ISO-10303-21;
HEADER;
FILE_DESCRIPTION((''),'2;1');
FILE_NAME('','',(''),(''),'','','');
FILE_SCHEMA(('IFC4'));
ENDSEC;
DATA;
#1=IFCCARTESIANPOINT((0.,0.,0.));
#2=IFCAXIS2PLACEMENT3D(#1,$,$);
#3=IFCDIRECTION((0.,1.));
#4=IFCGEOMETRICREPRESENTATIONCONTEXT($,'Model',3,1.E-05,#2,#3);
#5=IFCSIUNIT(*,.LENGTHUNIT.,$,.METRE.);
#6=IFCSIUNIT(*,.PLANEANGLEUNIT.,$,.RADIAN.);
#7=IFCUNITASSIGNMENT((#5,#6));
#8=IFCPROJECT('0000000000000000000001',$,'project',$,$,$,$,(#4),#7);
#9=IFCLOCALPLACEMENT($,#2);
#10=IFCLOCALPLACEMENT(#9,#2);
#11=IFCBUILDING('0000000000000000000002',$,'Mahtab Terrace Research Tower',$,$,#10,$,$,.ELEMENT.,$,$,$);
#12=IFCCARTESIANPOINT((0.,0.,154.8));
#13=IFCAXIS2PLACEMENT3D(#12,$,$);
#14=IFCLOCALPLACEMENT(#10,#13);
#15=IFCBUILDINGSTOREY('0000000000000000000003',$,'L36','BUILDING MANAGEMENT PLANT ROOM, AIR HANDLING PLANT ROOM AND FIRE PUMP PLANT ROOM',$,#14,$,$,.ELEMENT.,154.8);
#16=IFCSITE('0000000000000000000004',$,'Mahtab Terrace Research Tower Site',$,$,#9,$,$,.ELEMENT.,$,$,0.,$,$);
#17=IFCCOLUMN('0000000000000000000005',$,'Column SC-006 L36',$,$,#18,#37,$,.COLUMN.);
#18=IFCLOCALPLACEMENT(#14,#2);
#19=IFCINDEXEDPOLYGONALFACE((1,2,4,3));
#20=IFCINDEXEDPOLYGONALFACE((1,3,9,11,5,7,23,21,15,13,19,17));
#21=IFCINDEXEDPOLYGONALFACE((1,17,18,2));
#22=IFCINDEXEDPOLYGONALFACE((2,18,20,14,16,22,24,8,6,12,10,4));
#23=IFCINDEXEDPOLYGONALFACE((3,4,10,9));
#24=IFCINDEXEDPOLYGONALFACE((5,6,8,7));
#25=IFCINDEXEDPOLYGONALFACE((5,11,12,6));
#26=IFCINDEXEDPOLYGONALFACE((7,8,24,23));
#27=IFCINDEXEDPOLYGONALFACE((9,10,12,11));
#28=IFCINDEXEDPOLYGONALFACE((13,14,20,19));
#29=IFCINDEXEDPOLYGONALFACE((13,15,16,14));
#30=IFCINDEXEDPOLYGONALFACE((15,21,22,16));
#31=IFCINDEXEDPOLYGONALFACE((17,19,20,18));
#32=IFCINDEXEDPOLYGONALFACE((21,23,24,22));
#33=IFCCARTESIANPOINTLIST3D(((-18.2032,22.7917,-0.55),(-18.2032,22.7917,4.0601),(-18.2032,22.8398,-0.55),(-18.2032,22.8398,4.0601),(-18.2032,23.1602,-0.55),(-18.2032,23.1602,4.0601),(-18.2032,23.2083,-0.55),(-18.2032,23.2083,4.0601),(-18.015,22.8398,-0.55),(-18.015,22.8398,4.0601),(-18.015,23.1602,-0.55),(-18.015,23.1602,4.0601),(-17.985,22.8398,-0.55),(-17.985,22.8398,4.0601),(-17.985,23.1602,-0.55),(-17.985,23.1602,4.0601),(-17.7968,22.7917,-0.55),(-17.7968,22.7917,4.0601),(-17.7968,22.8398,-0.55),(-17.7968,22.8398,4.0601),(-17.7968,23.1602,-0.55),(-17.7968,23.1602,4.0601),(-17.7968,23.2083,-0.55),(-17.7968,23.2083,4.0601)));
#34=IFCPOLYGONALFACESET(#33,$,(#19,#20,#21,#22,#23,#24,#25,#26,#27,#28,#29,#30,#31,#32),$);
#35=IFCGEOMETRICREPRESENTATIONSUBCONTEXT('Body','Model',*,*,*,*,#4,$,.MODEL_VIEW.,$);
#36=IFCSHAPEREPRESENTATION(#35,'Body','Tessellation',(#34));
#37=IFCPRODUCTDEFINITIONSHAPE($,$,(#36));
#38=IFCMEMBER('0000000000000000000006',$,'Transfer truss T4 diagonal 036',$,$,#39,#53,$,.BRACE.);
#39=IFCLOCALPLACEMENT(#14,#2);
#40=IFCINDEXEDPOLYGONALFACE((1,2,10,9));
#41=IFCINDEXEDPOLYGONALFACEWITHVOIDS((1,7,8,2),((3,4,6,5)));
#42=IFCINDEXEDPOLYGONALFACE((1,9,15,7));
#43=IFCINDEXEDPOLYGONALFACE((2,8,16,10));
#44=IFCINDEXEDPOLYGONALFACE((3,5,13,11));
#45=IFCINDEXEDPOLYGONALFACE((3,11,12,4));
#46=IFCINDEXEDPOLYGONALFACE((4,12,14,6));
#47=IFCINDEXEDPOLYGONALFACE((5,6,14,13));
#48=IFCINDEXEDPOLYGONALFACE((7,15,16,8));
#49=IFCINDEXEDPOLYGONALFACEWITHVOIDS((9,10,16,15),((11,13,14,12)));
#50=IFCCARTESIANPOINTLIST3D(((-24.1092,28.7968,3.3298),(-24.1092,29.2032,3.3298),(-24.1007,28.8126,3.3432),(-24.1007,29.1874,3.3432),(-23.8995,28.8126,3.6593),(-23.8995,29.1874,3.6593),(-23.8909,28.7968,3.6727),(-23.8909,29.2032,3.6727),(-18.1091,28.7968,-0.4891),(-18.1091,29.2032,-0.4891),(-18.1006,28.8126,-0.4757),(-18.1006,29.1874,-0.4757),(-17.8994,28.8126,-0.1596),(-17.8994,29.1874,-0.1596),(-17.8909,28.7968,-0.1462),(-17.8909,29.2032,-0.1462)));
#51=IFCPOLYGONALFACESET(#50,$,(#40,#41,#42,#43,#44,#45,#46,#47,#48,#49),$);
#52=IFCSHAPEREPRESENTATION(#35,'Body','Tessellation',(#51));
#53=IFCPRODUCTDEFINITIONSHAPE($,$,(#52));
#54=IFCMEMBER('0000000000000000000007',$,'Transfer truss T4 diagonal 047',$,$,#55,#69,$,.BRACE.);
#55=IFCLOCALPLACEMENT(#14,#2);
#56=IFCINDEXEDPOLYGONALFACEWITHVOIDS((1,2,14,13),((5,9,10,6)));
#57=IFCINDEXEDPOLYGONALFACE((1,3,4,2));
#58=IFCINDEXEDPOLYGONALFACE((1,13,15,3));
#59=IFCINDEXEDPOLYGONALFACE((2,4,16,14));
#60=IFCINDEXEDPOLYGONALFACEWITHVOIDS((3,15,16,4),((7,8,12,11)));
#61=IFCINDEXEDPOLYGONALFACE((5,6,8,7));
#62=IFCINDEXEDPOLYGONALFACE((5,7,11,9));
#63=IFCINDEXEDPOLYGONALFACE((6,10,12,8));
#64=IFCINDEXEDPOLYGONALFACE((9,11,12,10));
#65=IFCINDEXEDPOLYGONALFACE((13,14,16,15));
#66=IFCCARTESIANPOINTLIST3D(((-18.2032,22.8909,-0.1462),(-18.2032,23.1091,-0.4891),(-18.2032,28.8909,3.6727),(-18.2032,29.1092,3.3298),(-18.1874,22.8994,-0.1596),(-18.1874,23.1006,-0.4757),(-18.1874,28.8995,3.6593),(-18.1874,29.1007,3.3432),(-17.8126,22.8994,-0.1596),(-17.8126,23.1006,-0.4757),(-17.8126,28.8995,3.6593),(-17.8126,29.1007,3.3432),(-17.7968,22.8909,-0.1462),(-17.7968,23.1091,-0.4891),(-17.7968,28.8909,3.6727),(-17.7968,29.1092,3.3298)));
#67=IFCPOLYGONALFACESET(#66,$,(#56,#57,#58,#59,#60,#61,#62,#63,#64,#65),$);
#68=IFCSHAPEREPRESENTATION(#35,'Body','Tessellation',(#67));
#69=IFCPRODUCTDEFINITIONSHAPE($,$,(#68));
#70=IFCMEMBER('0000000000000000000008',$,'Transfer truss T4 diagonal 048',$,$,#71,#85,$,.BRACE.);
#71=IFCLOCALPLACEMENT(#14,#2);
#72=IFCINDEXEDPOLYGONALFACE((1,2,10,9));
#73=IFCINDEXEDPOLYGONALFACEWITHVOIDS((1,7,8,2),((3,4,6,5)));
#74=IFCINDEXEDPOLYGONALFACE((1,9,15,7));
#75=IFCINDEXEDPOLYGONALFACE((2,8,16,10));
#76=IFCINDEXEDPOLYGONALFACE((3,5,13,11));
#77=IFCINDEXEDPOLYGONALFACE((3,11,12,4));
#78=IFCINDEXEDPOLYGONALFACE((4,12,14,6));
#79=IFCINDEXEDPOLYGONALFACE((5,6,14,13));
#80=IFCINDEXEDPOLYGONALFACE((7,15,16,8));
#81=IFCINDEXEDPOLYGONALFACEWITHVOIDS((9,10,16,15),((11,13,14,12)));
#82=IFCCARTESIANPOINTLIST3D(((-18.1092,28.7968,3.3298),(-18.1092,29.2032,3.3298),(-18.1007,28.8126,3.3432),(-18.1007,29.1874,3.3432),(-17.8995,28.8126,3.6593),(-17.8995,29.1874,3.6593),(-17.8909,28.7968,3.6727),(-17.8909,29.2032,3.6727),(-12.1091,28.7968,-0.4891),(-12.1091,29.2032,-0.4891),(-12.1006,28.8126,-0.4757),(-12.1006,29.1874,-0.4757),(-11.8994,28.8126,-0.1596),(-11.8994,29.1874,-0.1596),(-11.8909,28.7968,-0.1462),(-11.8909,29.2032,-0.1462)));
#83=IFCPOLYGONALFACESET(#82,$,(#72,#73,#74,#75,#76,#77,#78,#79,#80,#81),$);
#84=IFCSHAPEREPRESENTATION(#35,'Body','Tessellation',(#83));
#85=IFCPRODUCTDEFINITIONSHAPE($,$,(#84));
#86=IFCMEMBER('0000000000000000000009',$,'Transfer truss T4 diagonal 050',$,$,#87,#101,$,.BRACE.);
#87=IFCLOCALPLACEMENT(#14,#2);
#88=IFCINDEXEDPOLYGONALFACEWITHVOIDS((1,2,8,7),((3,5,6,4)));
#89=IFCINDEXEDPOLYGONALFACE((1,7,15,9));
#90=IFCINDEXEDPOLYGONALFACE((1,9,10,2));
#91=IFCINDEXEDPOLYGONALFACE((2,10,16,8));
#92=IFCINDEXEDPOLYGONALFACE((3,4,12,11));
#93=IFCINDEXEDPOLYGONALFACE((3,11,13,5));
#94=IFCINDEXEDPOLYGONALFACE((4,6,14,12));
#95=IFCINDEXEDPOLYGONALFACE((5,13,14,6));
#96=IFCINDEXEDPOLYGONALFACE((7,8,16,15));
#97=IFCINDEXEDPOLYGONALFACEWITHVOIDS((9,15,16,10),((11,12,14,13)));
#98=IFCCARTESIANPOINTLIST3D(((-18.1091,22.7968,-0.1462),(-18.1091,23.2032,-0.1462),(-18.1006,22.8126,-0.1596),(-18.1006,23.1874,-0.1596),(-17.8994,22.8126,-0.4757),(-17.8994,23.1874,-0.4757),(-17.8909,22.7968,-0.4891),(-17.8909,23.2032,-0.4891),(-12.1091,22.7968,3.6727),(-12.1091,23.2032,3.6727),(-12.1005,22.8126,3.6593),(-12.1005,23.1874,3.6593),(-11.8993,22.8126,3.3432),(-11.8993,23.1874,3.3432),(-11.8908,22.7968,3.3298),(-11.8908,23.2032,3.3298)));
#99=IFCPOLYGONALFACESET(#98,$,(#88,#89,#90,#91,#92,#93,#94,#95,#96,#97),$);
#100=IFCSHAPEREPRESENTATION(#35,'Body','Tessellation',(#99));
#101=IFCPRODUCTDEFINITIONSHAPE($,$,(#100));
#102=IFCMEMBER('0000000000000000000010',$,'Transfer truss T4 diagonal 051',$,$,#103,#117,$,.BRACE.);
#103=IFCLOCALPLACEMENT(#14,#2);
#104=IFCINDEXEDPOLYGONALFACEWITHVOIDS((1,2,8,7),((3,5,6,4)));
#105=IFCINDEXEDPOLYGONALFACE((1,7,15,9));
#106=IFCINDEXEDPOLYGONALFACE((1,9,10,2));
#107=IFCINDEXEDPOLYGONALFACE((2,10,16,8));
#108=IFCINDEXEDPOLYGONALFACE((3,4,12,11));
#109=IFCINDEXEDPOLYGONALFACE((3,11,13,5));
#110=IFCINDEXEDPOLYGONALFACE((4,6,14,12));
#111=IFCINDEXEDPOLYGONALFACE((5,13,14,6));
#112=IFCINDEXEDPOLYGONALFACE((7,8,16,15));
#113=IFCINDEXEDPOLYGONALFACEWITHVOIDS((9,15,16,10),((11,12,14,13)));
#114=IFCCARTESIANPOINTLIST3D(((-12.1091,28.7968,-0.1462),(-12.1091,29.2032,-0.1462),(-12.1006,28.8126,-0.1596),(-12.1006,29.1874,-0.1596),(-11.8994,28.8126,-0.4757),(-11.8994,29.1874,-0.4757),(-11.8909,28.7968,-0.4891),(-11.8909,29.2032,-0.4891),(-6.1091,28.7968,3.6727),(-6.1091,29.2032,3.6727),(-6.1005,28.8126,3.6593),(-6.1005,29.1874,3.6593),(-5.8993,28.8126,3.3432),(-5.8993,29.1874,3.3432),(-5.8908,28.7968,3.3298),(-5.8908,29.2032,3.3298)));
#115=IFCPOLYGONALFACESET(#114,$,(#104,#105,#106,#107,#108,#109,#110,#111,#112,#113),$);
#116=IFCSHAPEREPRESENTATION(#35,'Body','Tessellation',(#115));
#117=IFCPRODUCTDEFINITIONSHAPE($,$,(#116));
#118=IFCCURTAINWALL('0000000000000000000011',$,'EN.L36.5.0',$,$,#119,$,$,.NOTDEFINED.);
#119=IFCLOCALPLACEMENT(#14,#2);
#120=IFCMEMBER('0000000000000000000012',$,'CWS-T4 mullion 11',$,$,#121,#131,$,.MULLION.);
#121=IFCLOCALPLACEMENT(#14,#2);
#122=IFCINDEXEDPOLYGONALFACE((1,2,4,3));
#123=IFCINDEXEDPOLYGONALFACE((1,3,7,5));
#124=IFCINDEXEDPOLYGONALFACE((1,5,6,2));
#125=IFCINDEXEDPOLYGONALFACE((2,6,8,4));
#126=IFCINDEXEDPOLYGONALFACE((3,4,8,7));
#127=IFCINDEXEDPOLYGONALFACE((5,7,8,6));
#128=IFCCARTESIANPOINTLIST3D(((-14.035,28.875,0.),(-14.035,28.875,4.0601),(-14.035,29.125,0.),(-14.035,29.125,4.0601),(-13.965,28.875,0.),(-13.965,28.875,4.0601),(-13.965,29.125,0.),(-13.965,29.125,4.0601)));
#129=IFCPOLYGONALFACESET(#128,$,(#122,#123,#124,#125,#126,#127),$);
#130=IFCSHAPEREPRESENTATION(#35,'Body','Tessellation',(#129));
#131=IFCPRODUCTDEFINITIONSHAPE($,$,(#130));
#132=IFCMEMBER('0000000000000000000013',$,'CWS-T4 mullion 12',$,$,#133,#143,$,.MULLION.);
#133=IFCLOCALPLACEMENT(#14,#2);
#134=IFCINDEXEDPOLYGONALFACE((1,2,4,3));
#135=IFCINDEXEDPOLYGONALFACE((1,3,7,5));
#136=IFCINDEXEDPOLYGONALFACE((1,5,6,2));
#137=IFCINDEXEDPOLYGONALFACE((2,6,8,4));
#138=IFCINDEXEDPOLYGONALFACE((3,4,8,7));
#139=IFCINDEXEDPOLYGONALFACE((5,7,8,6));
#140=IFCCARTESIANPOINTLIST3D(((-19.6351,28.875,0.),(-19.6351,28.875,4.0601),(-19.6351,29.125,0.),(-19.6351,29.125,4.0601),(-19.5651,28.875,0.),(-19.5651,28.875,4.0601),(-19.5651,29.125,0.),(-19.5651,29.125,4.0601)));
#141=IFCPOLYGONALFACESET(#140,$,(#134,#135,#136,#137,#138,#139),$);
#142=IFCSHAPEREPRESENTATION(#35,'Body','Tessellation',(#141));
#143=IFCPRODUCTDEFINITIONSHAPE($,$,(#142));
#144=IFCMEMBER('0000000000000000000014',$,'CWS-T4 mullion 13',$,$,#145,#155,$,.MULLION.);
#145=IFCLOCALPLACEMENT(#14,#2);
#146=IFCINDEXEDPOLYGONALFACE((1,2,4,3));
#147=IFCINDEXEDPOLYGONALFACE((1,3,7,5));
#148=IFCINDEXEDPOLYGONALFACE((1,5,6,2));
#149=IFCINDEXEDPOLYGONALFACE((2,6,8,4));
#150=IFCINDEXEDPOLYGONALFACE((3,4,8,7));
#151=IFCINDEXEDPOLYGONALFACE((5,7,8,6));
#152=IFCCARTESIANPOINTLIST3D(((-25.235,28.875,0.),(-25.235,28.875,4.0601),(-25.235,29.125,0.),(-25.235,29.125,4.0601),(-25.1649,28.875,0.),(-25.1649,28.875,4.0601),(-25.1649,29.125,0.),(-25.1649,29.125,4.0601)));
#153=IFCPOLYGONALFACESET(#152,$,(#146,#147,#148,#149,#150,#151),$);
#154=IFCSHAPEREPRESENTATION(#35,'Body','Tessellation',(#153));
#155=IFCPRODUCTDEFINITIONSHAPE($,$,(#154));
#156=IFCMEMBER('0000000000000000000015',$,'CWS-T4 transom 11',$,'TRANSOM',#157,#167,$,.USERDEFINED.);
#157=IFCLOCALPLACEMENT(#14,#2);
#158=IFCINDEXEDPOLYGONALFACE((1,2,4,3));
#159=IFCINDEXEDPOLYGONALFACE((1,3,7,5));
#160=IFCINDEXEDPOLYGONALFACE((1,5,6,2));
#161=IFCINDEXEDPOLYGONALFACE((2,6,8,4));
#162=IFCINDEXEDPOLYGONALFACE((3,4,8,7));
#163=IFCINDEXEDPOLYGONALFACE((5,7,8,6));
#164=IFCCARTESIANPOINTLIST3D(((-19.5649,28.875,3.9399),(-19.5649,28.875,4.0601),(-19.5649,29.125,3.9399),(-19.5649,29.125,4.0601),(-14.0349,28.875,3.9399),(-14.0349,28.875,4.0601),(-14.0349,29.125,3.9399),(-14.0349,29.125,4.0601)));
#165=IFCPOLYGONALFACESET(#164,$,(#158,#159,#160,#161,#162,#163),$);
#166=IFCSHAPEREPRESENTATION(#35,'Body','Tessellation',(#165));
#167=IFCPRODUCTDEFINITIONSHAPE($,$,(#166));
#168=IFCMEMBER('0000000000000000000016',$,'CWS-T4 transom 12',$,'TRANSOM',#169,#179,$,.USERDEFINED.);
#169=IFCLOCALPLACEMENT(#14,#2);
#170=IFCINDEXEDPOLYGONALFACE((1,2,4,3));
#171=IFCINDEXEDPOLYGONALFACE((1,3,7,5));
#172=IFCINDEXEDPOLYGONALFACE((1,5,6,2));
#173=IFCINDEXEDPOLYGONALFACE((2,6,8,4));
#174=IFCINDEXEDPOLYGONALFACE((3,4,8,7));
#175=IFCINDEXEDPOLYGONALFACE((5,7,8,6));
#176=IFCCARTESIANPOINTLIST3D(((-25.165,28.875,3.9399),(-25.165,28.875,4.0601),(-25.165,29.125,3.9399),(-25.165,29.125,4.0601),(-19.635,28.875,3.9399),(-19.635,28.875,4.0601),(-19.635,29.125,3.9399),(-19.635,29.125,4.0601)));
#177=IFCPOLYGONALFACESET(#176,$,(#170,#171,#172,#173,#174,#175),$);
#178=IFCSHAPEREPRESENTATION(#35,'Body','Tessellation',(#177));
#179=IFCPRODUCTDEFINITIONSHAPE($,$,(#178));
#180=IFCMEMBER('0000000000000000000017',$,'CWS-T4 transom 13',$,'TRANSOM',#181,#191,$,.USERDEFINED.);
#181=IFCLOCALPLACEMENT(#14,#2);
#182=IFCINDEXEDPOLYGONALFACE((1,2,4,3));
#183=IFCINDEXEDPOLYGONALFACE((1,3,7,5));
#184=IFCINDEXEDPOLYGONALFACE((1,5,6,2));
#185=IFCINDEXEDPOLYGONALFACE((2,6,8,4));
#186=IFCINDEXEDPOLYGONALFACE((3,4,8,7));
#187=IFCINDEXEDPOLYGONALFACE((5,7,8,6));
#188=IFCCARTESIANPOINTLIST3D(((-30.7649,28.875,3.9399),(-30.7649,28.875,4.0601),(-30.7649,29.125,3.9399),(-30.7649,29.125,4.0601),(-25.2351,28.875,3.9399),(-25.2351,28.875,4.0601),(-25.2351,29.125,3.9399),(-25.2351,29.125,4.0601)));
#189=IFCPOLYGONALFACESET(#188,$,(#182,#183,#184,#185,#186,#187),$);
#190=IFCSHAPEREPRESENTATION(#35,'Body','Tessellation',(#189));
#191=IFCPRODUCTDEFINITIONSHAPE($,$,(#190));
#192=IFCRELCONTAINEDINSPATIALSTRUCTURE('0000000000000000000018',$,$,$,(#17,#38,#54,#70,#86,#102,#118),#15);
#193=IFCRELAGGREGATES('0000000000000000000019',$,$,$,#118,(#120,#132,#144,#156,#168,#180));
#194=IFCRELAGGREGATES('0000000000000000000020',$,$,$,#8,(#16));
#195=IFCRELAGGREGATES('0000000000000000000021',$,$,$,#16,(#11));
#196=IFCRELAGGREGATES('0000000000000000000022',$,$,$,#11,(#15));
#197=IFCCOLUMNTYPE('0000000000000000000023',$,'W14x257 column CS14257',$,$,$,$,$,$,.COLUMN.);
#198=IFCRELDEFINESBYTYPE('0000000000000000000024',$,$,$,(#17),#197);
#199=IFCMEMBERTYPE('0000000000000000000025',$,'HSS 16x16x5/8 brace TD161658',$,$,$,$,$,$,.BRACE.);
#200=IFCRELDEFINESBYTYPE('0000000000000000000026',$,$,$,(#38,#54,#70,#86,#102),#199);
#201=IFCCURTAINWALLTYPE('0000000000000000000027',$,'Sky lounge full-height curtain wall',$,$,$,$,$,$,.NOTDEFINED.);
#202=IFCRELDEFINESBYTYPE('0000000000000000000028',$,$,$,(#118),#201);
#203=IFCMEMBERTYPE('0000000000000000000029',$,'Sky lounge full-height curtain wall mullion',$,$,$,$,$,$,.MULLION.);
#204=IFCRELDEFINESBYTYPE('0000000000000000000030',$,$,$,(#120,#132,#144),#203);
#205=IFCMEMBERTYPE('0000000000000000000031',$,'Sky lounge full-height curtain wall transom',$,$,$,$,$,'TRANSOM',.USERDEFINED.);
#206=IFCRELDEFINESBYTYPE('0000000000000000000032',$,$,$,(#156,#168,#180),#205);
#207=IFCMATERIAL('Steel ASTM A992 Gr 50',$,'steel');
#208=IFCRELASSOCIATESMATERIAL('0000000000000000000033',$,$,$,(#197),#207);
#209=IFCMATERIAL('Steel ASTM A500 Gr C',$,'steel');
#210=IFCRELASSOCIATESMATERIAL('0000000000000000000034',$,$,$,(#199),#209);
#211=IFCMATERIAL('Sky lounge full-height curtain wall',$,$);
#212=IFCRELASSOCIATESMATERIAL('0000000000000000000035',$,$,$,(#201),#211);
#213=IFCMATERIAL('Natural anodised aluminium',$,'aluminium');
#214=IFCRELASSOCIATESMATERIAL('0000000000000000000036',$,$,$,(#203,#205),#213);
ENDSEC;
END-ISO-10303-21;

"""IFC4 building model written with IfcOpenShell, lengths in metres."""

from ifc_helpers import new_model, si_unit, direction, frame, origin, origin_2d, place, context, subcontext, project, spatial, rectangle, hollow_rectangle, i_section, extrude, material, material_profile, profile_set, type_object, element, aggregate, save


model = new_model("IFC4")

# Units and contexts
model_context = context("Model", 3, precision=1e-05, world=origin(), true_north=direction((0.0, 1.0)))
body_context = subcontext(model_context, "Body", "Model", "MODEL_VIEW")
ifc_project = project(units=[si_unit("LENGTHUNIT", "METRE"), si_unit("PLANEANGLEUNIT", "RADIAN")], contexts=[model_context])

# Site, building, storey
site_placement = place(None, origin())
site = spatial("IfcSite", under=ifc_project, at=site_placement, Name="Mahtab Terrace Research Tower Site", CompositionType="ELEMENT", RefElevation=0.0)
building_placement = place(site_placement, origin())
building = spatial("IfcBuilding", under=site, at=building_placement, Name="Mahtab Terrace Research Tower", CompositionType="ELEMENT")
storey_placement = place(building_placement, frame((0.0, 0.0, 154.8)))
storey = spatial("IfcBuildingStorey", under=building, at=storey_placement, Name="L36", Description="BUILDING MANAGEMENT PLANT ROOM, AIR HANDLING PLANT ROOM AND FIRE PUMP PLANT ROOM", CompositionType="ELEMENT", Elevation=154.8)

# Column
ifc_material_1 = material(Name="Steel ASTM A992 Gr 50", Category="steel")
ifc_material_profile_1 = material_profile(ifc_material_1, i_section(OverallWidth=0.4065, OverallDepth=0.4165, WebThickness=0.03, FlangeThickness=0.0481, at=origin_2d()), Name="W14X257")
ifc_profile_set_1 = profile_set([ifc_material_profile_1], Name="Steel ASTM A992 Gr 50")
column_type = type_object("IfcColumnType", Name="W14x257 column CS14257", PredefinedType="COLUMN", material=ifc_profile_set_1)
column_placement = place(storey_placement, frame((-18.0, 23.0, -0.55), z_axis=(0.0, 0.0, 1.0), x_axis=(1.0, 0.0, 0.0)))
element("IfcColumn", 1, at=column_placement, inside=storey, type_object=column_type, Name="Column SC-006 L36", PredefinedType="COLUMN", context=body_context, shape_type="SweptSolid", body=[
    extrude(i_section(OverallWidth=0.4065, OverallDepth=0.4165, WebThickness=0.03, FlangeThickness=0.0481, at=origin_2d()), origin(), (0.0, 0.0, 1.0), 4.6101),
])

# Members
ifc_material_2 = material(Name="Steel ASTM A500 Gr C", Category="steel")
ifc_material_profile_2 = material_profile(ifc_material_2, hollow_rectangle(XDim=0.4065, YDim=0.4065, WallThickness=0.0159, at=origin_2d()), Name="HSS16X16X5/8")
ifc_profile_set_2 = profile_set([ifc_material_profile_2], Name="Steel ASTM A500 Gr C")
member_type_1 = type_object("IfcMemberType", Name="HSS 16x16x5/8 brace TD161658", PredefinedType="BRACE", material=ifc_profile_set_2)
for number, where, z_axis, x_axis, name in (
    (2, (-18.0, 29.0, -0.3176), (-0.843619, 0.0, 0.536942), (0.0, -1.0, 0.0), "Transfer truss T4 diagonal 036"),
    (3, (-18.0, 23.0, -0.3176), (0.0, 0.843619, 0.536942), (-1.0, 0.0, 0.0), "Transfer truss T4 diagonal 047"),
    (4, (-12.0, 29.0, -0.3176), (-0.843619, 0.0, 0.536942), (0.0, -1.0, 0.0), "Transfer truss T4 diagonal 048"),
    (5, (-18.0, 23.0, -0.3176), (0.843619, 0.0, 0.536942), (0.0, 1.0, 0.0), "Transfer truss T4 diagonal 050"),
    (6, (-12.0, 29.0, -0.3176), (0.843619, 0.0, 0.536942), (0.0, 1.0, 0.0), "Transfer truss T4 diagonal 051"),
):
    element("IfcMember", number, at=place(storey_placement, frame(where, z_axis=z_axis, x_axis=x_axis)), inside=storey, type_object=member_type_1, Name=name, PredefinedType="BRACE", context=body_context, shape_type="SweptSolid", body=[
        extrude(hollow_rectangle(XDim=0.4065, YDim=0.4065, WallThickness=0.0159, at=origin_2d()), origin(), (0.0, 0.0, 1.0), 7.1123),
    ])

# Curtain wall, members
ifc_material_3 = material(Name="Sky lounge full-height curtain wall")
curtain_wall_type = type_object("IfcCurtainWallType", Name="Sky lounge full-height curtain wall", PredefinedType="NOTDEFINED", material=ifc_material_3)
curtain_wall_placement = place(storey_placement, origin())
curtain_wall = element("IfcCurtainWall", 7, at=curtain_wall_placement, inside=storey, type_object=curtain_wall_type, Name="EN.L36.5.0", PredefinedType="NOTDEFINED")
ifc_material_4 = material(Name="Natural anodised aluminium", Category="aluminium")
ifc_material_profile_3 = material_profile(ifc_material_4, rectangle(XDim=0.25, YDim=0.0701, at=origin_2d()), Name="MULLION 70x250")
ifc_profile_set_3 = profile_set([ifc_material_profile_3], Name="Natural anodised aluminium")
member_type_2 = type_object("IfcMemberType", Name="Sky lounge full-height curtain wall mullion", PredefinedType="MULLION", material=ifc_profile_set_3)
member_1_placement = place(storey_placement, frame((-14.0, 29.0, 0.0), z_axis=(0.0, 0.0, 1.0), x_axis=(0.0, -1.0, 0.0)))
member_1 = element("IfcMember", 8, at=member_1_placement, type_object=member_type_2, Name="CWS-T4 mullion 11", PredefinedType="MULLION", context=body_context, shape_type="SweptSolid", body=[
    extrude(rectangle(XDim=0.25, YDim=0.0701, at=origin_2d()), origin(), (0.0, 0.0, 1.0), 4.0601),
])
member_2_placement = place(storey_placement, frame((-19.6001, 29.0, 0.0), z_axis=(0.0, 0.0, 1.0), x_axis=(0.0, -1.0, 0.0)))
member_2 = element("IfcMember", 9, at=member_2_placement, type_object=member_type_2, Name="CWS-T4 mullion 12", PredefinedType="MULLION", context=body_context, shape_type="SweptSolid", body=[
    extrude(rectangle(XDim=0.25, YDim=0.0701, at=origin_2d()), origin(), (0.0, 0.0, 1.0), 4.0601),
])
member_3_placement = place(storey_placement, frame((-25.2, 29.0, 0.0), z_axis=(0.0, 0.0, 1.0), x_axis=(0.0, -1.0, 0.0)))
member_3 = element("IfcMember", 10, at=member_3_placement, type_object=member_type_2, Name="CWS-T4 mullion 13", PredefinedType="MULLION", context=body_context, shape_type="SweptSolid", body=[
    extrude(rectangle(XDim=0.25, YDim=0.0701, at=origin_2d()), origin(), (0.0, 0.0, 1.0), 4.0601),
])
ifc_material_profile_4 = material_profile(ifc_material_4, rectangle(XDim=0.25, YDim=0.1201, at=origin_2d()), Name="TRANSOM 120x250")
ifc_profile_set_4 = profile_set([ifc_material_profile_4], Name="Natural anodised aluminium")
member_type_3 = type_object("IfcMemberType", Name="Sky lounge full-height curtain wall transom", ElementType="TRANSOM", PredefinedType="USERDEFINED", material=ifc_profile_set_4)
member_4_placement = place(storey_placement, frame((-14.0349, 29.0, 4.0), z_axis=(-1.0, 0.0, 0.0), x_axis=(0.0, -1.0, 0.0)))
member_4 = element("IfcMember", 11, at=member_4_placement, type_object=member_type_3, Name="CWS-T4 transom 11", ObjectType="TRANSOM", PredefinedType="USERDEFINED", context=body_context, shape_type="SweptSolid", body=[
    extrude(rectangle(XDim=0.25, YDim=0.1201, at=origin_2d()), origin(), (0.0, 0.0, 1.0), 5.53),
])
member_5_placement = place(storey_placement, frame((-19.635, 29.0, 4.0), z_axis=(-1.0, 0.0, 0.0), x_axis=(0.0, -1.0, 0.0)))
member_5 = element("IfcMember", 12, at=member_5_placement, type_object=member_type_3, Name="CWS-T4 transom 12", ObjectType="TRANSOM", PredefinedType="USERDEFINED", context=body_context, shape_type="SweptSolid", body=[
    extrude(rectangle(XDim=0.25, YDim=0.1201, at=origin_2d()), origin(), (0.0, 0.0, 1.0), 5.53),
])
member_6_placement = place(storey_placement, frame((-25.2351, 29.0, 4.0), z_axis=(-1.0, 0.0, 0.0), x_axis=(0.0, -1.0, 0.0)))
member_6 = element("IfcMember", 13, at=member_6_placement, type_object=member_type_3, Name="CWS-T4 transom 13", ObjectType="TRANSOM", PredefinedType="USERDEFINED", context=body_context, shape_type="SweptSolid", body=[
    extrude(rectangle(XDim=0.25, YDim=0.1201, at=origin_2d()), origin(), (0.0, 0.0, 1.0), 5.5298),
])

aggregate(curtain_wall, [member_1, member_2, member_3, member_4, member_5, member_6])

save(model, "model.ifc")
